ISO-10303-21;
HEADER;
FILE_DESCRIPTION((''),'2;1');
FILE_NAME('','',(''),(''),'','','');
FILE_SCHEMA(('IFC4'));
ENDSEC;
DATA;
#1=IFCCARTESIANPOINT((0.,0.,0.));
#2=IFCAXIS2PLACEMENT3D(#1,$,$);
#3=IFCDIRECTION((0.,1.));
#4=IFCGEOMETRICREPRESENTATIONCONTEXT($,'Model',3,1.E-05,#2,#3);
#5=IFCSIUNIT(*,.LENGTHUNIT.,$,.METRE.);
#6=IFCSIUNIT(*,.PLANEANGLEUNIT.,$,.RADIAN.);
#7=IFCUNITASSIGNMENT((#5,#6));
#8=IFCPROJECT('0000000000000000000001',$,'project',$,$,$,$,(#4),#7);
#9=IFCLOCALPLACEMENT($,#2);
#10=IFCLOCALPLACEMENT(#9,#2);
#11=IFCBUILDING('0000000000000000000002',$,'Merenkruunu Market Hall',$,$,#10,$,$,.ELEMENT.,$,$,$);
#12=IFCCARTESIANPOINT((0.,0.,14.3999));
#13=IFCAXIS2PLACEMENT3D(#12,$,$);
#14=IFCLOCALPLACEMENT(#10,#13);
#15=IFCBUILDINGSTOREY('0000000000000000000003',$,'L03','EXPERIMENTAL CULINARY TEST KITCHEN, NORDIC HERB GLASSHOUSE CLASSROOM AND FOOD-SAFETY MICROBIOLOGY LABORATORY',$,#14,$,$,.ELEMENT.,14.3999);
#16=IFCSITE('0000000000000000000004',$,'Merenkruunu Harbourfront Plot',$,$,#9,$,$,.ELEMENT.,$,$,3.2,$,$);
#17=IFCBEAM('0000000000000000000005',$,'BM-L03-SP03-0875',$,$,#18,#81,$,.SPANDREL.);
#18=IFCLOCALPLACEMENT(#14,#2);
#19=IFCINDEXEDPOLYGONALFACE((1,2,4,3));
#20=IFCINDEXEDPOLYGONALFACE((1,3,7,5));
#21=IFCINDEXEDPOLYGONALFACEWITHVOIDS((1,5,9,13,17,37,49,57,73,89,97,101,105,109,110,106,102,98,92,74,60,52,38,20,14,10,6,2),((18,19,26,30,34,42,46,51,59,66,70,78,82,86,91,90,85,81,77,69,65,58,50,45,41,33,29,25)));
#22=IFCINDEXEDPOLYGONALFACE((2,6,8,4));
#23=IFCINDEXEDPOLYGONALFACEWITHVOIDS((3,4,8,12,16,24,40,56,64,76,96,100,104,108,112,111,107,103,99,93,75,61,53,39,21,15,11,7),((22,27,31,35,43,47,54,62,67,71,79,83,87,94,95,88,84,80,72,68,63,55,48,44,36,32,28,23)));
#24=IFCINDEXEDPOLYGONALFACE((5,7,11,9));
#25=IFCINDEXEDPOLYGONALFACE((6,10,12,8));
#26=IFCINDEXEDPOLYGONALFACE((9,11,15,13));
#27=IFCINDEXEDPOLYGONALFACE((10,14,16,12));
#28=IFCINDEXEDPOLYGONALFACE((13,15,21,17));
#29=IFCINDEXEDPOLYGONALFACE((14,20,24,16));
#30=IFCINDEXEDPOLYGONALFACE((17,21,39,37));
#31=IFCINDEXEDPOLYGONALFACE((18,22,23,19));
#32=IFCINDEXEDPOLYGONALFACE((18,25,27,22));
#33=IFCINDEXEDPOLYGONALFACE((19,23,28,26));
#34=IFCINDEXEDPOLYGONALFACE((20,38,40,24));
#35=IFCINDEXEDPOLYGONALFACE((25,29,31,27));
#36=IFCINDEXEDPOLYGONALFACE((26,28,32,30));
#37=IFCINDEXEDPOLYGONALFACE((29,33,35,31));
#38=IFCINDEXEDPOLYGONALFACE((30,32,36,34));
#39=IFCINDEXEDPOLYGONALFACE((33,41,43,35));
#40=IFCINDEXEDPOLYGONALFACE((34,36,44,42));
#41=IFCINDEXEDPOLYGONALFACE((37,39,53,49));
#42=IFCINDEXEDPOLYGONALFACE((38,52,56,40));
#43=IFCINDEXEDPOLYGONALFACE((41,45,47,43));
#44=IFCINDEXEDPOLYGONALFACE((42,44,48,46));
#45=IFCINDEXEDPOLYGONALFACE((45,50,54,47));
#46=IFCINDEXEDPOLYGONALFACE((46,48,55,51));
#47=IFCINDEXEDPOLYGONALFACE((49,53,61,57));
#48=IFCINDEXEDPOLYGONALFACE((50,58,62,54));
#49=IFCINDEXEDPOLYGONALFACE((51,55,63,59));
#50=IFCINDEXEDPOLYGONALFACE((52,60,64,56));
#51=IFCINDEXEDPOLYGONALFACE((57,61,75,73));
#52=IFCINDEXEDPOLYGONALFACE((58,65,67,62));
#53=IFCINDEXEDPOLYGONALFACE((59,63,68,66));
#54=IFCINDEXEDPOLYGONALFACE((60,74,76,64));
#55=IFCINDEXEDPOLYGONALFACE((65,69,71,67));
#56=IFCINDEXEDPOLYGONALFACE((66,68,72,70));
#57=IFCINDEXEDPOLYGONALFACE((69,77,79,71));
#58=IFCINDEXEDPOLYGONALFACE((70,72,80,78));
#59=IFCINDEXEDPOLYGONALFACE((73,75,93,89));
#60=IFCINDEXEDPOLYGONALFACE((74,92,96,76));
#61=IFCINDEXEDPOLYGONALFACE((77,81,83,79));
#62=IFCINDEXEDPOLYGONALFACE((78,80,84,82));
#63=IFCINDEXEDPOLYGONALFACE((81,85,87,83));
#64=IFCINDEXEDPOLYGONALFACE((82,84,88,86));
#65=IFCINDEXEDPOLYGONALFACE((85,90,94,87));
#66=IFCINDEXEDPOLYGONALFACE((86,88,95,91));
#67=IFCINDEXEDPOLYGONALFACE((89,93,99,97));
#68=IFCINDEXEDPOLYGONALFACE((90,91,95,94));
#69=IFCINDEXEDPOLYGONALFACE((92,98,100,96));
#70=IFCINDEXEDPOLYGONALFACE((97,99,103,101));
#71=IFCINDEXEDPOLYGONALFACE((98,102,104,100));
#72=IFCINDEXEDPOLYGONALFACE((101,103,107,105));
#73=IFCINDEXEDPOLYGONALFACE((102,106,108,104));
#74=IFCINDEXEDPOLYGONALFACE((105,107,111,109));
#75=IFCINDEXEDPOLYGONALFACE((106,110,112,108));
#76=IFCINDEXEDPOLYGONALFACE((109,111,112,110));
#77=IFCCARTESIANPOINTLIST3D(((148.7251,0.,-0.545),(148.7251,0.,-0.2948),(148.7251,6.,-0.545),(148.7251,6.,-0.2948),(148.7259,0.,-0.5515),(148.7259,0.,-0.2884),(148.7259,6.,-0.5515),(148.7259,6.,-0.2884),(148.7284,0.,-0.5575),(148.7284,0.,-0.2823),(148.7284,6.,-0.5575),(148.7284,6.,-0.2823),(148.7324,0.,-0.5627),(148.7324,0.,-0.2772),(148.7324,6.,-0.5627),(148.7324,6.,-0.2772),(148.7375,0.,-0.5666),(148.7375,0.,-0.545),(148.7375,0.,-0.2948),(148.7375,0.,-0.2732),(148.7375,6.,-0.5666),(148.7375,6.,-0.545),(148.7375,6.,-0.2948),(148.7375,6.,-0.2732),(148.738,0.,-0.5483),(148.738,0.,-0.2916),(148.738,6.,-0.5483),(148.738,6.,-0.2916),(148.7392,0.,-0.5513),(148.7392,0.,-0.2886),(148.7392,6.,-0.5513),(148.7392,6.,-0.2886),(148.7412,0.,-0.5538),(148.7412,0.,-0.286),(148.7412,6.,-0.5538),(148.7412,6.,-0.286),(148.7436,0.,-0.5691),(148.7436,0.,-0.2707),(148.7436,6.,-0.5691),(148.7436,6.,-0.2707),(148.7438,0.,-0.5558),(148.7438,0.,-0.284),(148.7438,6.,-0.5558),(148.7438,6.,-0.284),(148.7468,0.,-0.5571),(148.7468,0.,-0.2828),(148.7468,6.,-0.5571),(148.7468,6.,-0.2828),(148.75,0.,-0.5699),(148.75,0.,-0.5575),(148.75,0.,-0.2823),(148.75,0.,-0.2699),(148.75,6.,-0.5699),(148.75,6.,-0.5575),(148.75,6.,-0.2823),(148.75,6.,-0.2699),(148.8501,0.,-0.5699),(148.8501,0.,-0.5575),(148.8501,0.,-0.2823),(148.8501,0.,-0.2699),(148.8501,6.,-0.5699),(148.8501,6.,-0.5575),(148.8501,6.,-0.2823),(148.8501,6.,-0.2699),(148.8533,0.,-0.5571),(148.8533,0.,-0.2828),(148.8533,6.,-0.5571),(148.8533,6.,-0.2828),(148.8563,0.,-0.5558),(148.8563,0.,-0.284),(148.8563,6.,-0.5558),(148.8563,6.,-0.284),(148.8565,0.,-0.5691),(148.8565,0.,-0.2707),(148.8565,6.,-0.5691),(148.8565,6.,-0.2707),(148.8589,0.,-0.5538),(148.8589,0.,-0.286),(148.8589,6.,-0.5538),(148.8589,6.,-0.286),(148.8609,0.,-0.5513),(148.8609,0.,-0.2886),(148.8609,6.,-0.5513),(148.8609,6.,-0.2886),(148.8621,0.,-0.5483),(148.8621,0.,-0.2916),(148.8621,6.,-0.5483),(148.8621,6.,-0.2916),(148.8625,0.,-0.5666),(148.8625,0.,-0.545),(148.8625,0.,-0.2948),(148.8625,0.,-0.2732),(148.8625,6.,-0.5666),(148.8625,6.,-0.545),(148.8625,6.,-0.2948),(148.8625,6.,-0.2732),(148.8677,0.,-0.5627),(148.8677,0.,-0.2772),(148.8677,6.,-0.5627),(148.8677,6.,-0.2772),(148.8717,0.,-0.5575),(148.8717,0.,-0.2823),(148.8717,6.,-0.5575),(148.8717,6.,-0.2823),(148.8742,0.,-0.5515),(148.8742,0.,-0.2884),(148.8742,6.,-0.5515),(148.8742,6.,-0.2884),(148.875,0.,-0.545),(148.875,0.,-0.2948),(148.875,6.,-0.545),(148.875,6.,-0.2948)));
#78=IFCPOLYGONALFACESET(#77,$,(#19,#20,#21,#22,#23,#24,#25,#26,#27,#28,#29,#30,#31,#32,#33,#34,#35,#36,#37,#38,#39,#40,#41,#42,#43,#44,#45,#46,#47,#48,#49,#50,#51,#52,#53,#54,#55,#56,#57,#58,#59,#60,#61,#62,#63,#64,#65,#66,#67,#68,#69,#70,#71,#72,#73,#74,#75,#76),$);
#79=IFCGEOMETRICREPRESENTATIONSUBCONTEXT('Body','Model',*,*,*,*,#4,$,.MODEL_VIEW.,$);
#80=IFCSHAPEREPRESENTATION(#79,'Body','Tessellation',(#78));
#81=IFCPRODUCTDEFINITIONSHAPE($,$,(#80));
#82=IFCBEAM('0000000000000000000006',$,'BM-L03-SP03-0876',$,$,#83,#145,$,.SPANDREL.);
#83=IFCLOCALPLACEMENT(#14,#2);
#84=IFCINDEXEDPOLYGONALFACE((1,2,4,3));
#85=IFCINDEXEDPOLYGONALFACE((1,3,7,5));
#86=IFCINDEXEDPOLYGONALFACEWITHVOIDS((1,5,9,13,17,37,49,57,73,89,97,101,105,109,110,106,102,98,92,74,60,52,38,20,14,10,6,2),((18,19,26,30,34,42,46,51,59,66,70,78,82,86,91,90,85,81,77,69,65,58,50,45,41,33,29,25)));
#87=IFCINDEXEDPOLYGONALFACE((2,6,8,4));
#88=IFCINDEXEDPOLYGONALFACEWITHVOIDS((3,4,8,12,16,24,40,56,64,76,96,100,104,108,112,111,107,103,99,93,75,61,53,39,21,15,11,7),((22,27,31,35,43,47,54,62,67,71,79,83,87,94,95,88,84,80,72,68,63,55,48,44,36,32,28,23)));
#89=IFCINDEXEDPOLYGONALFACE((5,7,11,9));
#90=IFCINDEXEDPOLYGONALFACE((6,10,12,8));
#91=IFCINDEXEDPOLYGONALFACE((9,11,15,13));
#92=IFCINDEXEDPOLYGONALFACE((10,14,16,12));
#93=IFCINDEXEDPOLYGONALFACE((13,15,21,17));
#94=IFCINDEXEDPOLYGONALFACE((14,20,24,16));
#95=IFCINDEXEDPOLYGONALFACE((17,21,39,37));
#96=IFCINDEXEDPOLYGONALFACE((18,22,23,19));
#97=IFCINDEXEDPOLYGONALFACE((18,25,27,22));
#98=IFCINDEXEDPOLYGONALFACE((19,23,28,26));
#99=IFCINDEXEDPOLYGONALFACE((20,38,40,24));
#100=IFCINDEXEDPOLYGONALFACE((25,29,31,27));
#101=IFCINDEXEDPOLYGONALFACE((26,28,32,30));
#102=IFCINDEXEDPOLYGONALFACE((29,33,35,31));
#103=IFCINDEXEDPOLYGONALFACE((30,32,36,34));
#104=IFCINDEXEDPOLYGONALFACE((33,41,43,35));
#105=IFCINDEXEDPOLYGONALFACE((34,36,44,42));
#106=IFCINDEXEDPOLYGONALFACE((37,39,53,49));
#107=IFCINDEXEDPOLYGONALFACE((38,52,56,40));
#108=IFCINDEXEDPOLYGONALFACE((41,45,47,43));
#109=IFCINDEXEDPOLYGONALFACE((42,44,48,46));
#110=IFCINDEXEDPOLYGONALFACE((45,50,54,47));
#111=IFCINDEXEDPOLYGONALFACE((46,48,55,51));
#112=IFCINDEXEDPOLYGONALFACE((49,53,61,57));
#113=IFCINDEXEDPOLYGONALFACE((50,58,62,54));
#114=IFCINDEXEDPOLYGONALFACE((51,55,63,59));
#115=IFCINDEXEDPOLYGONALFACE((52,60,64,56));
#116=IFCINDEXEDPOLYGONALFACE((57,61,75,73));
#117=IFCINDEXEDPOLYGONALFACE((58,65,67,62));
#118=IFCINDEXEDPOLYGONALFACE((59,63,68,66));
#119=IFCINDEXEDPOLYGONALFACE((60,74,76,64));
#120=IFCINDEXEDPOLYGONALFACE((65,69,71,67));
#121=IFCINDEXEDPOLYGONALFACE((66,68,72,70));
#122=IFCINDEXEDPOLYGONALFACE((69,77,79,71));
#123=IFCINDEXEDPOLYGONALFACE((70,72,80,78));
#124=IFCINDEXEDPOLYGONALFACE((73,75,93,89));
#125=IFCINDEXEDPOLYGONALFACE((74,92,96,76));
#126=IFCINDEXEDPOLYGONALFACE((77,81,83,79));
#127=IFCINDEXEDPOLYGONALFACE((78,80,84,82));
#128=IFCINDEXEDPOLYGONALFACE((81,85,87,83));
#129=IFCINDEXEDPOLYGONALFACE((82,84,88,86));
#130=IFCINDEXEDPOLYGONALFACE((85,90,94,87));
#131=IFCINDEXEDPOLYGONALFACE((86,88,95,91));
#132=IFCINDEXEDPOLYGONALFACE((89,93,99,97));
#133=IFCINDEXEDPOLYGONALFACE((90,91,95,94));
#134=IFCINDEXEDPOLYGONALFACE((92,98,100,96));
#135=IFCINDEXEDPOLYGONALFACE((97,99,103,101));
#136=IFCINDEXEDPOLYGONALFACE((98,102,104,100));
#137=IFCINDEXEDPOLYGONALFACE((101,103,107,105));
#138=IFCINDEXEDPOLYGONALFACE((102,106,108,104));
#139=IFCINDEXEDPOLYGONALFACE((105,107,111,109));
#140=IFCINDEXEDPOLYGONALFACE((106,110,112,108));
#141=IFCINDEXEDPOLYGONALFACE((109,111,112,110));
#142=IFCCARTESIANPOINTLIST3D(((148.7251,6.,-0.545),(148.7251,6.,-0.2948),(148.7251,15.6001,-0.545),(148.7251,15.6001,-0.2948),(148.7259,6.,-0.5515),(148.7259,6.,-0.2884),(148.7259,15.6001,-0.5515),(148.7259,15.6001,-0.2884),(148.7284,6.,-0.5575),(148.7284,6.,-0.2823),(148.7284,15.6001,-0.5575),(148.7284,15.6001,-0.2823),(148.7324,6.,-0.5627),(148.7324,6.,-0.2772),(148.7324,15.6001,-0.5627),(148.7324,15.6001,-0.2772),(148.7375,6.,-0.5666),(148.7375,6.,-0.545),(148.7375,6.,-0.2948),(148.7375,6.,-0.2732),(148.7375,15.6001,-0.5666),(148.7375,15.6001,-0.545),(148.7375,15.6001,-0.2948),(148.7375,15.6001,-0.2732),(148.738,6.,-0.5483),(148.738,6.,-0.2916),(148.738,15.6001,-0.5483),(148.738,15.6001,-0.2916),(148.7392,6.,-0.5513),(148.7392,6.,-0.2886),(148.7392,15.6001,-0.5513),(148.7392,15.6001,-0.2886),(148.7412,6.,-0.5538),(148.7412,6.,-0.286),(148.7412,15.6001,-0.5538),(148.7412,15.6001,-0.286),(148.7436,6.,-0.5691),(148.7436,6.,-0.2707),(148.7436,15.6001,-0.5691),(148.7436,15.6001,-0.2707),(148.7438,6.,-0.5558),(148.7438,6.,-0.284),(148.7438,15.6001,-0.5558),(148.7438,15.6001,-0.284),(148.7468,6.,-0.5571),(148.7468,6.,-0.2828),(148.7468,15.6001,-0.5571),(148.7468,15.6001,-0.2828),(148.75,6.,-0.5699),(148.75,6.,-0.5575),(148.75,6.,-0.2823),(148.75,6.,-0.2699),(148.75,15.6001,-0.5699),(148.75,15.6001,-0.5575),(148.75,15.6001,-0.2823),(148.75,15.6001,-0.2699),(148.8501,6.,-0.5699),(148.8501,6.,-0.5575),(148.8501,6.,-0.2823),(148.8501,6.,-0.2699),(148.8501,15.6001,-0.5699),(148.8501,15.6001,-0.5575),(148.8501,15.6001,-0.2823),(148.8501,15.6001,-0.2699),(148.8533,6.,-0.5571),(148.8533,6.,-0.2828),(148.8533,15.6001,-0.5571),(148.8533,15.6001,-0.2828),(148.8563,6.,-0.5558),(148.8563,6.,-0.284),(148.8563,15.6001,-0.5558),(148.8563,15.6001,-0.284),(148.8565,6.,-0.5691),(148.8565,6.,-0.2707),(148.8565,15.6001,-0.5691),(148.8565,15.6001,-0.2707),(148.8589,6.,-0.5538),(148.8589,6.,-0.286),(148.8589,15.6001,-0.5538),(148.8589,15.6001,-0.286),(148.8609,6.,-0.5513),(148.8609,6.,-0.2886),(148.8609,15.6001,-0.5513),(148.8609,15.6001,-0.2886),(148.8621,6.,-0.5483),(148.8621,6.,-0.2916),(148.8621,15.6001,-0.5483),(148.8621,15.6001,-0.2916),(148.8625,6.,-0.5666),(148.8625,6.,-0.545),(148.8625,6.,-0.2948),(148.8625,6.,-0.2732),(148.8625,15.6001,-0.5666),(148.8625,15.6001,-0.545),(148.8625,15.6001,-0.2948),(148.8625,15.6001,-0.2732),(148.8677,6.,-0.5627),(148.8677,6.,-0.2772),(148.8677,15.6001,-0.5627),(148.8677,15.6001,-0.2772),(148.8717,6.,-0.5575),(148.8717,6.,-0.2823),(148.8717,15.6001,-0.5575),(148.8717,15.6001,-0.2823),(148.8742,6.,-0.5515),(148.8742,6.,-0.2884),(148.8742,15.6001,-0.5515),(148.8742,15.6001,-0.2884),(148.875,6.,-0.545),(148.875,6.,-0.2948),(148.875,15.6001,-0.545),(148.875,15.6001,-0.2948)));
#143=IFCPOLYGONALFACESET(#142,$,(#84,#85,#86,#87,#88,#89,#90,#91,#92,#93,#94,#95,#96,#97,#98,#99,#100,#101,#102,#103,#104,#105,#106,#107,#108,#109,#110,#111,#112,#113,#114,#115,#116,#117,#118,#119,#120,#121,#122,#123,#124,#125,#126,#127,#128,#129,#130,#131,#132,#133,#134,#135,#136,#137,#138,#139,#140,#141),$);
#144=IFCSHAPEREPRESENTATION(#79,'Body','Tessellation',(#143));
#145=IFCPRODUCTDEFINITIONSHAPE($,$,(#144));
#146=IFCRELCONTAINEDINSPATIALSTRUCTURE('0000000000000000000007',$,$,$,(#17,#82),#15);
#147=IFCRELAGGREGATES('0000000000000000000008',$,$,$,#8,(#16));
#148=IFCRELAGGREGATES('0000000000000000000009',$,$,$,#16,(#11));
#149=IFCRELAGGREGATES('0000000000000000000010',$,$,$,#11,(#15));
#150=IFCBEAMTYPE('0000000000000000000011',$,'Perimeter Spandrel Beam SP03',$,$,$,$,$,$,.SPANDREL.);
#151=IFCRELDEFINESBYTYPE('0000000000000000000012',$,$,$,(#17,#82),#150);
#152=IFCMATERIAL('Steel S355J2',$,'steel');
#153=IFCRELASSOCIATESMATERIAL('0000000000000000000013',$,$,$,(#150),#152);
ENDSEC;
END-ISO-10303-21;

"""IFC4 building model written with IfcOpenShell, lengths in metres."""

from ifc_helpers import new_model, si_unit, direction, frame, origin, origin_2d, place, context, subcontext, project, spatial, hollow_rectangle, extrude, material, material_profile, profile_set, type_object, element, save


model = new_model("IFC4")

# Units and contexts
model_context = context("Model", 3, precision=1e-05, world=origin(), true_north=direction((0.0, 1.0)))
body_context = subcontext(model_context, "Body", "Model", "MODEL_VIEW")
ifc_project = project(units=[si_unit("LENGTHUNIT", "METRE"), si_unit("PLANEANGLEUNIT", "RADIAN")], contexts=[model_context])

# Site, building, storey
site_placement = place(None, origin())
site = spatial("IfcSite", under=ifc_project, at=site_placement, Name="Merenkruunu Harbourfront Plot", CompositionType="ELEMENT", RefElevation=3.2)
building_placement = place(site_placement, origin())
building = spatial("IfcBuilding", under=site, at=building_placement, Name="Merenkruunu Market Hall", CompositionType="ELEMENT")
storey_placement = place(building_placement, frame((0.0, 0.0, 14.3999)))
storey = spatial("IfcBuildingStorey", under=building, at=storey_placement, Name="L03", Description="EXPERIMENTAL CULINARY TEST KITCHEN, NORDIC HERB GLASSHOUSE CLASSROOM AND FOOD-SAFETY MICROBIOLOGY LABORATORY", CompositionType="ELEMENT", Elevation=14.3999)

# Beams
ifc_material_1 = material(Name="Steel S355J2", Category="steel")
ifc_material_profile_1 = material_profile(ifc_material_1, hollow_rectangle(XDim=0.1499, YDim=0.3, WallThickness=0.0125, InnerFilletRadius=0.0125, OuterFilletRadius=0.0249, at=origin_2d()), Name="RHS 300x150x12.5")
ifc_profile_set_1 = profile_set([ifc_material_profile_1], Name="Steel S355J2")
beam_type_1 = type_object("IfcBeamType", Name="Perimeter Spandrel Beam SP03", PredefinedType="SPANDREL", material=ifc_profile_set_1)
beam_1_placement = place(storey_placement, frame((148.8, 0.0, -0.4199), z_axis=(0.0, 1.0, 0.0), x_axis=(-1.0, 0.0, 0.0)))
element("IfcBeam", 1, at=beam_1_placement, inside=storey, type_object=beam_type_1, Name="BM-L03-SP03-0875", PredefinedType="SPANDREL", context=body_context, shape_type="SweptSolid", body=[
    extrude(hollow_rectangle(XDim=0.1499, YDim=0.3, WallThickness=0.0125, InnerFilletRadius=0.0125, OuterFilletRadius=0.0249, at=origin_2d()), origin(), (0.0, 0.0, 1.0), 6.0),
])
beam_2_placement = place(storey_placement, frame((148.8, 6.0, -0.4199), z_axis=(0.0, 1.0, 0.0), x_axis=(-1.0, 0.0, 0.0)))
element("IfcBeam", 2, at=beam_2_placement, inside=storey, type_object=beam_type_1, Name="BM-L03-SP03-0876", PredefinedType="SPANDREL", context=body_context, shape_type="SweptSolid", body=[
    extrude(hollow_rectangle(XDim=0.1499, YDim=0.3, WallThickness=0.0125, InnerFilletRadius=0.0125, OuterFilletRadius=0.0249, at=origin_2d()), origin(), (0.0, 0.0, 1.0), 9.6001),
])

save(model, "model.ifc")
